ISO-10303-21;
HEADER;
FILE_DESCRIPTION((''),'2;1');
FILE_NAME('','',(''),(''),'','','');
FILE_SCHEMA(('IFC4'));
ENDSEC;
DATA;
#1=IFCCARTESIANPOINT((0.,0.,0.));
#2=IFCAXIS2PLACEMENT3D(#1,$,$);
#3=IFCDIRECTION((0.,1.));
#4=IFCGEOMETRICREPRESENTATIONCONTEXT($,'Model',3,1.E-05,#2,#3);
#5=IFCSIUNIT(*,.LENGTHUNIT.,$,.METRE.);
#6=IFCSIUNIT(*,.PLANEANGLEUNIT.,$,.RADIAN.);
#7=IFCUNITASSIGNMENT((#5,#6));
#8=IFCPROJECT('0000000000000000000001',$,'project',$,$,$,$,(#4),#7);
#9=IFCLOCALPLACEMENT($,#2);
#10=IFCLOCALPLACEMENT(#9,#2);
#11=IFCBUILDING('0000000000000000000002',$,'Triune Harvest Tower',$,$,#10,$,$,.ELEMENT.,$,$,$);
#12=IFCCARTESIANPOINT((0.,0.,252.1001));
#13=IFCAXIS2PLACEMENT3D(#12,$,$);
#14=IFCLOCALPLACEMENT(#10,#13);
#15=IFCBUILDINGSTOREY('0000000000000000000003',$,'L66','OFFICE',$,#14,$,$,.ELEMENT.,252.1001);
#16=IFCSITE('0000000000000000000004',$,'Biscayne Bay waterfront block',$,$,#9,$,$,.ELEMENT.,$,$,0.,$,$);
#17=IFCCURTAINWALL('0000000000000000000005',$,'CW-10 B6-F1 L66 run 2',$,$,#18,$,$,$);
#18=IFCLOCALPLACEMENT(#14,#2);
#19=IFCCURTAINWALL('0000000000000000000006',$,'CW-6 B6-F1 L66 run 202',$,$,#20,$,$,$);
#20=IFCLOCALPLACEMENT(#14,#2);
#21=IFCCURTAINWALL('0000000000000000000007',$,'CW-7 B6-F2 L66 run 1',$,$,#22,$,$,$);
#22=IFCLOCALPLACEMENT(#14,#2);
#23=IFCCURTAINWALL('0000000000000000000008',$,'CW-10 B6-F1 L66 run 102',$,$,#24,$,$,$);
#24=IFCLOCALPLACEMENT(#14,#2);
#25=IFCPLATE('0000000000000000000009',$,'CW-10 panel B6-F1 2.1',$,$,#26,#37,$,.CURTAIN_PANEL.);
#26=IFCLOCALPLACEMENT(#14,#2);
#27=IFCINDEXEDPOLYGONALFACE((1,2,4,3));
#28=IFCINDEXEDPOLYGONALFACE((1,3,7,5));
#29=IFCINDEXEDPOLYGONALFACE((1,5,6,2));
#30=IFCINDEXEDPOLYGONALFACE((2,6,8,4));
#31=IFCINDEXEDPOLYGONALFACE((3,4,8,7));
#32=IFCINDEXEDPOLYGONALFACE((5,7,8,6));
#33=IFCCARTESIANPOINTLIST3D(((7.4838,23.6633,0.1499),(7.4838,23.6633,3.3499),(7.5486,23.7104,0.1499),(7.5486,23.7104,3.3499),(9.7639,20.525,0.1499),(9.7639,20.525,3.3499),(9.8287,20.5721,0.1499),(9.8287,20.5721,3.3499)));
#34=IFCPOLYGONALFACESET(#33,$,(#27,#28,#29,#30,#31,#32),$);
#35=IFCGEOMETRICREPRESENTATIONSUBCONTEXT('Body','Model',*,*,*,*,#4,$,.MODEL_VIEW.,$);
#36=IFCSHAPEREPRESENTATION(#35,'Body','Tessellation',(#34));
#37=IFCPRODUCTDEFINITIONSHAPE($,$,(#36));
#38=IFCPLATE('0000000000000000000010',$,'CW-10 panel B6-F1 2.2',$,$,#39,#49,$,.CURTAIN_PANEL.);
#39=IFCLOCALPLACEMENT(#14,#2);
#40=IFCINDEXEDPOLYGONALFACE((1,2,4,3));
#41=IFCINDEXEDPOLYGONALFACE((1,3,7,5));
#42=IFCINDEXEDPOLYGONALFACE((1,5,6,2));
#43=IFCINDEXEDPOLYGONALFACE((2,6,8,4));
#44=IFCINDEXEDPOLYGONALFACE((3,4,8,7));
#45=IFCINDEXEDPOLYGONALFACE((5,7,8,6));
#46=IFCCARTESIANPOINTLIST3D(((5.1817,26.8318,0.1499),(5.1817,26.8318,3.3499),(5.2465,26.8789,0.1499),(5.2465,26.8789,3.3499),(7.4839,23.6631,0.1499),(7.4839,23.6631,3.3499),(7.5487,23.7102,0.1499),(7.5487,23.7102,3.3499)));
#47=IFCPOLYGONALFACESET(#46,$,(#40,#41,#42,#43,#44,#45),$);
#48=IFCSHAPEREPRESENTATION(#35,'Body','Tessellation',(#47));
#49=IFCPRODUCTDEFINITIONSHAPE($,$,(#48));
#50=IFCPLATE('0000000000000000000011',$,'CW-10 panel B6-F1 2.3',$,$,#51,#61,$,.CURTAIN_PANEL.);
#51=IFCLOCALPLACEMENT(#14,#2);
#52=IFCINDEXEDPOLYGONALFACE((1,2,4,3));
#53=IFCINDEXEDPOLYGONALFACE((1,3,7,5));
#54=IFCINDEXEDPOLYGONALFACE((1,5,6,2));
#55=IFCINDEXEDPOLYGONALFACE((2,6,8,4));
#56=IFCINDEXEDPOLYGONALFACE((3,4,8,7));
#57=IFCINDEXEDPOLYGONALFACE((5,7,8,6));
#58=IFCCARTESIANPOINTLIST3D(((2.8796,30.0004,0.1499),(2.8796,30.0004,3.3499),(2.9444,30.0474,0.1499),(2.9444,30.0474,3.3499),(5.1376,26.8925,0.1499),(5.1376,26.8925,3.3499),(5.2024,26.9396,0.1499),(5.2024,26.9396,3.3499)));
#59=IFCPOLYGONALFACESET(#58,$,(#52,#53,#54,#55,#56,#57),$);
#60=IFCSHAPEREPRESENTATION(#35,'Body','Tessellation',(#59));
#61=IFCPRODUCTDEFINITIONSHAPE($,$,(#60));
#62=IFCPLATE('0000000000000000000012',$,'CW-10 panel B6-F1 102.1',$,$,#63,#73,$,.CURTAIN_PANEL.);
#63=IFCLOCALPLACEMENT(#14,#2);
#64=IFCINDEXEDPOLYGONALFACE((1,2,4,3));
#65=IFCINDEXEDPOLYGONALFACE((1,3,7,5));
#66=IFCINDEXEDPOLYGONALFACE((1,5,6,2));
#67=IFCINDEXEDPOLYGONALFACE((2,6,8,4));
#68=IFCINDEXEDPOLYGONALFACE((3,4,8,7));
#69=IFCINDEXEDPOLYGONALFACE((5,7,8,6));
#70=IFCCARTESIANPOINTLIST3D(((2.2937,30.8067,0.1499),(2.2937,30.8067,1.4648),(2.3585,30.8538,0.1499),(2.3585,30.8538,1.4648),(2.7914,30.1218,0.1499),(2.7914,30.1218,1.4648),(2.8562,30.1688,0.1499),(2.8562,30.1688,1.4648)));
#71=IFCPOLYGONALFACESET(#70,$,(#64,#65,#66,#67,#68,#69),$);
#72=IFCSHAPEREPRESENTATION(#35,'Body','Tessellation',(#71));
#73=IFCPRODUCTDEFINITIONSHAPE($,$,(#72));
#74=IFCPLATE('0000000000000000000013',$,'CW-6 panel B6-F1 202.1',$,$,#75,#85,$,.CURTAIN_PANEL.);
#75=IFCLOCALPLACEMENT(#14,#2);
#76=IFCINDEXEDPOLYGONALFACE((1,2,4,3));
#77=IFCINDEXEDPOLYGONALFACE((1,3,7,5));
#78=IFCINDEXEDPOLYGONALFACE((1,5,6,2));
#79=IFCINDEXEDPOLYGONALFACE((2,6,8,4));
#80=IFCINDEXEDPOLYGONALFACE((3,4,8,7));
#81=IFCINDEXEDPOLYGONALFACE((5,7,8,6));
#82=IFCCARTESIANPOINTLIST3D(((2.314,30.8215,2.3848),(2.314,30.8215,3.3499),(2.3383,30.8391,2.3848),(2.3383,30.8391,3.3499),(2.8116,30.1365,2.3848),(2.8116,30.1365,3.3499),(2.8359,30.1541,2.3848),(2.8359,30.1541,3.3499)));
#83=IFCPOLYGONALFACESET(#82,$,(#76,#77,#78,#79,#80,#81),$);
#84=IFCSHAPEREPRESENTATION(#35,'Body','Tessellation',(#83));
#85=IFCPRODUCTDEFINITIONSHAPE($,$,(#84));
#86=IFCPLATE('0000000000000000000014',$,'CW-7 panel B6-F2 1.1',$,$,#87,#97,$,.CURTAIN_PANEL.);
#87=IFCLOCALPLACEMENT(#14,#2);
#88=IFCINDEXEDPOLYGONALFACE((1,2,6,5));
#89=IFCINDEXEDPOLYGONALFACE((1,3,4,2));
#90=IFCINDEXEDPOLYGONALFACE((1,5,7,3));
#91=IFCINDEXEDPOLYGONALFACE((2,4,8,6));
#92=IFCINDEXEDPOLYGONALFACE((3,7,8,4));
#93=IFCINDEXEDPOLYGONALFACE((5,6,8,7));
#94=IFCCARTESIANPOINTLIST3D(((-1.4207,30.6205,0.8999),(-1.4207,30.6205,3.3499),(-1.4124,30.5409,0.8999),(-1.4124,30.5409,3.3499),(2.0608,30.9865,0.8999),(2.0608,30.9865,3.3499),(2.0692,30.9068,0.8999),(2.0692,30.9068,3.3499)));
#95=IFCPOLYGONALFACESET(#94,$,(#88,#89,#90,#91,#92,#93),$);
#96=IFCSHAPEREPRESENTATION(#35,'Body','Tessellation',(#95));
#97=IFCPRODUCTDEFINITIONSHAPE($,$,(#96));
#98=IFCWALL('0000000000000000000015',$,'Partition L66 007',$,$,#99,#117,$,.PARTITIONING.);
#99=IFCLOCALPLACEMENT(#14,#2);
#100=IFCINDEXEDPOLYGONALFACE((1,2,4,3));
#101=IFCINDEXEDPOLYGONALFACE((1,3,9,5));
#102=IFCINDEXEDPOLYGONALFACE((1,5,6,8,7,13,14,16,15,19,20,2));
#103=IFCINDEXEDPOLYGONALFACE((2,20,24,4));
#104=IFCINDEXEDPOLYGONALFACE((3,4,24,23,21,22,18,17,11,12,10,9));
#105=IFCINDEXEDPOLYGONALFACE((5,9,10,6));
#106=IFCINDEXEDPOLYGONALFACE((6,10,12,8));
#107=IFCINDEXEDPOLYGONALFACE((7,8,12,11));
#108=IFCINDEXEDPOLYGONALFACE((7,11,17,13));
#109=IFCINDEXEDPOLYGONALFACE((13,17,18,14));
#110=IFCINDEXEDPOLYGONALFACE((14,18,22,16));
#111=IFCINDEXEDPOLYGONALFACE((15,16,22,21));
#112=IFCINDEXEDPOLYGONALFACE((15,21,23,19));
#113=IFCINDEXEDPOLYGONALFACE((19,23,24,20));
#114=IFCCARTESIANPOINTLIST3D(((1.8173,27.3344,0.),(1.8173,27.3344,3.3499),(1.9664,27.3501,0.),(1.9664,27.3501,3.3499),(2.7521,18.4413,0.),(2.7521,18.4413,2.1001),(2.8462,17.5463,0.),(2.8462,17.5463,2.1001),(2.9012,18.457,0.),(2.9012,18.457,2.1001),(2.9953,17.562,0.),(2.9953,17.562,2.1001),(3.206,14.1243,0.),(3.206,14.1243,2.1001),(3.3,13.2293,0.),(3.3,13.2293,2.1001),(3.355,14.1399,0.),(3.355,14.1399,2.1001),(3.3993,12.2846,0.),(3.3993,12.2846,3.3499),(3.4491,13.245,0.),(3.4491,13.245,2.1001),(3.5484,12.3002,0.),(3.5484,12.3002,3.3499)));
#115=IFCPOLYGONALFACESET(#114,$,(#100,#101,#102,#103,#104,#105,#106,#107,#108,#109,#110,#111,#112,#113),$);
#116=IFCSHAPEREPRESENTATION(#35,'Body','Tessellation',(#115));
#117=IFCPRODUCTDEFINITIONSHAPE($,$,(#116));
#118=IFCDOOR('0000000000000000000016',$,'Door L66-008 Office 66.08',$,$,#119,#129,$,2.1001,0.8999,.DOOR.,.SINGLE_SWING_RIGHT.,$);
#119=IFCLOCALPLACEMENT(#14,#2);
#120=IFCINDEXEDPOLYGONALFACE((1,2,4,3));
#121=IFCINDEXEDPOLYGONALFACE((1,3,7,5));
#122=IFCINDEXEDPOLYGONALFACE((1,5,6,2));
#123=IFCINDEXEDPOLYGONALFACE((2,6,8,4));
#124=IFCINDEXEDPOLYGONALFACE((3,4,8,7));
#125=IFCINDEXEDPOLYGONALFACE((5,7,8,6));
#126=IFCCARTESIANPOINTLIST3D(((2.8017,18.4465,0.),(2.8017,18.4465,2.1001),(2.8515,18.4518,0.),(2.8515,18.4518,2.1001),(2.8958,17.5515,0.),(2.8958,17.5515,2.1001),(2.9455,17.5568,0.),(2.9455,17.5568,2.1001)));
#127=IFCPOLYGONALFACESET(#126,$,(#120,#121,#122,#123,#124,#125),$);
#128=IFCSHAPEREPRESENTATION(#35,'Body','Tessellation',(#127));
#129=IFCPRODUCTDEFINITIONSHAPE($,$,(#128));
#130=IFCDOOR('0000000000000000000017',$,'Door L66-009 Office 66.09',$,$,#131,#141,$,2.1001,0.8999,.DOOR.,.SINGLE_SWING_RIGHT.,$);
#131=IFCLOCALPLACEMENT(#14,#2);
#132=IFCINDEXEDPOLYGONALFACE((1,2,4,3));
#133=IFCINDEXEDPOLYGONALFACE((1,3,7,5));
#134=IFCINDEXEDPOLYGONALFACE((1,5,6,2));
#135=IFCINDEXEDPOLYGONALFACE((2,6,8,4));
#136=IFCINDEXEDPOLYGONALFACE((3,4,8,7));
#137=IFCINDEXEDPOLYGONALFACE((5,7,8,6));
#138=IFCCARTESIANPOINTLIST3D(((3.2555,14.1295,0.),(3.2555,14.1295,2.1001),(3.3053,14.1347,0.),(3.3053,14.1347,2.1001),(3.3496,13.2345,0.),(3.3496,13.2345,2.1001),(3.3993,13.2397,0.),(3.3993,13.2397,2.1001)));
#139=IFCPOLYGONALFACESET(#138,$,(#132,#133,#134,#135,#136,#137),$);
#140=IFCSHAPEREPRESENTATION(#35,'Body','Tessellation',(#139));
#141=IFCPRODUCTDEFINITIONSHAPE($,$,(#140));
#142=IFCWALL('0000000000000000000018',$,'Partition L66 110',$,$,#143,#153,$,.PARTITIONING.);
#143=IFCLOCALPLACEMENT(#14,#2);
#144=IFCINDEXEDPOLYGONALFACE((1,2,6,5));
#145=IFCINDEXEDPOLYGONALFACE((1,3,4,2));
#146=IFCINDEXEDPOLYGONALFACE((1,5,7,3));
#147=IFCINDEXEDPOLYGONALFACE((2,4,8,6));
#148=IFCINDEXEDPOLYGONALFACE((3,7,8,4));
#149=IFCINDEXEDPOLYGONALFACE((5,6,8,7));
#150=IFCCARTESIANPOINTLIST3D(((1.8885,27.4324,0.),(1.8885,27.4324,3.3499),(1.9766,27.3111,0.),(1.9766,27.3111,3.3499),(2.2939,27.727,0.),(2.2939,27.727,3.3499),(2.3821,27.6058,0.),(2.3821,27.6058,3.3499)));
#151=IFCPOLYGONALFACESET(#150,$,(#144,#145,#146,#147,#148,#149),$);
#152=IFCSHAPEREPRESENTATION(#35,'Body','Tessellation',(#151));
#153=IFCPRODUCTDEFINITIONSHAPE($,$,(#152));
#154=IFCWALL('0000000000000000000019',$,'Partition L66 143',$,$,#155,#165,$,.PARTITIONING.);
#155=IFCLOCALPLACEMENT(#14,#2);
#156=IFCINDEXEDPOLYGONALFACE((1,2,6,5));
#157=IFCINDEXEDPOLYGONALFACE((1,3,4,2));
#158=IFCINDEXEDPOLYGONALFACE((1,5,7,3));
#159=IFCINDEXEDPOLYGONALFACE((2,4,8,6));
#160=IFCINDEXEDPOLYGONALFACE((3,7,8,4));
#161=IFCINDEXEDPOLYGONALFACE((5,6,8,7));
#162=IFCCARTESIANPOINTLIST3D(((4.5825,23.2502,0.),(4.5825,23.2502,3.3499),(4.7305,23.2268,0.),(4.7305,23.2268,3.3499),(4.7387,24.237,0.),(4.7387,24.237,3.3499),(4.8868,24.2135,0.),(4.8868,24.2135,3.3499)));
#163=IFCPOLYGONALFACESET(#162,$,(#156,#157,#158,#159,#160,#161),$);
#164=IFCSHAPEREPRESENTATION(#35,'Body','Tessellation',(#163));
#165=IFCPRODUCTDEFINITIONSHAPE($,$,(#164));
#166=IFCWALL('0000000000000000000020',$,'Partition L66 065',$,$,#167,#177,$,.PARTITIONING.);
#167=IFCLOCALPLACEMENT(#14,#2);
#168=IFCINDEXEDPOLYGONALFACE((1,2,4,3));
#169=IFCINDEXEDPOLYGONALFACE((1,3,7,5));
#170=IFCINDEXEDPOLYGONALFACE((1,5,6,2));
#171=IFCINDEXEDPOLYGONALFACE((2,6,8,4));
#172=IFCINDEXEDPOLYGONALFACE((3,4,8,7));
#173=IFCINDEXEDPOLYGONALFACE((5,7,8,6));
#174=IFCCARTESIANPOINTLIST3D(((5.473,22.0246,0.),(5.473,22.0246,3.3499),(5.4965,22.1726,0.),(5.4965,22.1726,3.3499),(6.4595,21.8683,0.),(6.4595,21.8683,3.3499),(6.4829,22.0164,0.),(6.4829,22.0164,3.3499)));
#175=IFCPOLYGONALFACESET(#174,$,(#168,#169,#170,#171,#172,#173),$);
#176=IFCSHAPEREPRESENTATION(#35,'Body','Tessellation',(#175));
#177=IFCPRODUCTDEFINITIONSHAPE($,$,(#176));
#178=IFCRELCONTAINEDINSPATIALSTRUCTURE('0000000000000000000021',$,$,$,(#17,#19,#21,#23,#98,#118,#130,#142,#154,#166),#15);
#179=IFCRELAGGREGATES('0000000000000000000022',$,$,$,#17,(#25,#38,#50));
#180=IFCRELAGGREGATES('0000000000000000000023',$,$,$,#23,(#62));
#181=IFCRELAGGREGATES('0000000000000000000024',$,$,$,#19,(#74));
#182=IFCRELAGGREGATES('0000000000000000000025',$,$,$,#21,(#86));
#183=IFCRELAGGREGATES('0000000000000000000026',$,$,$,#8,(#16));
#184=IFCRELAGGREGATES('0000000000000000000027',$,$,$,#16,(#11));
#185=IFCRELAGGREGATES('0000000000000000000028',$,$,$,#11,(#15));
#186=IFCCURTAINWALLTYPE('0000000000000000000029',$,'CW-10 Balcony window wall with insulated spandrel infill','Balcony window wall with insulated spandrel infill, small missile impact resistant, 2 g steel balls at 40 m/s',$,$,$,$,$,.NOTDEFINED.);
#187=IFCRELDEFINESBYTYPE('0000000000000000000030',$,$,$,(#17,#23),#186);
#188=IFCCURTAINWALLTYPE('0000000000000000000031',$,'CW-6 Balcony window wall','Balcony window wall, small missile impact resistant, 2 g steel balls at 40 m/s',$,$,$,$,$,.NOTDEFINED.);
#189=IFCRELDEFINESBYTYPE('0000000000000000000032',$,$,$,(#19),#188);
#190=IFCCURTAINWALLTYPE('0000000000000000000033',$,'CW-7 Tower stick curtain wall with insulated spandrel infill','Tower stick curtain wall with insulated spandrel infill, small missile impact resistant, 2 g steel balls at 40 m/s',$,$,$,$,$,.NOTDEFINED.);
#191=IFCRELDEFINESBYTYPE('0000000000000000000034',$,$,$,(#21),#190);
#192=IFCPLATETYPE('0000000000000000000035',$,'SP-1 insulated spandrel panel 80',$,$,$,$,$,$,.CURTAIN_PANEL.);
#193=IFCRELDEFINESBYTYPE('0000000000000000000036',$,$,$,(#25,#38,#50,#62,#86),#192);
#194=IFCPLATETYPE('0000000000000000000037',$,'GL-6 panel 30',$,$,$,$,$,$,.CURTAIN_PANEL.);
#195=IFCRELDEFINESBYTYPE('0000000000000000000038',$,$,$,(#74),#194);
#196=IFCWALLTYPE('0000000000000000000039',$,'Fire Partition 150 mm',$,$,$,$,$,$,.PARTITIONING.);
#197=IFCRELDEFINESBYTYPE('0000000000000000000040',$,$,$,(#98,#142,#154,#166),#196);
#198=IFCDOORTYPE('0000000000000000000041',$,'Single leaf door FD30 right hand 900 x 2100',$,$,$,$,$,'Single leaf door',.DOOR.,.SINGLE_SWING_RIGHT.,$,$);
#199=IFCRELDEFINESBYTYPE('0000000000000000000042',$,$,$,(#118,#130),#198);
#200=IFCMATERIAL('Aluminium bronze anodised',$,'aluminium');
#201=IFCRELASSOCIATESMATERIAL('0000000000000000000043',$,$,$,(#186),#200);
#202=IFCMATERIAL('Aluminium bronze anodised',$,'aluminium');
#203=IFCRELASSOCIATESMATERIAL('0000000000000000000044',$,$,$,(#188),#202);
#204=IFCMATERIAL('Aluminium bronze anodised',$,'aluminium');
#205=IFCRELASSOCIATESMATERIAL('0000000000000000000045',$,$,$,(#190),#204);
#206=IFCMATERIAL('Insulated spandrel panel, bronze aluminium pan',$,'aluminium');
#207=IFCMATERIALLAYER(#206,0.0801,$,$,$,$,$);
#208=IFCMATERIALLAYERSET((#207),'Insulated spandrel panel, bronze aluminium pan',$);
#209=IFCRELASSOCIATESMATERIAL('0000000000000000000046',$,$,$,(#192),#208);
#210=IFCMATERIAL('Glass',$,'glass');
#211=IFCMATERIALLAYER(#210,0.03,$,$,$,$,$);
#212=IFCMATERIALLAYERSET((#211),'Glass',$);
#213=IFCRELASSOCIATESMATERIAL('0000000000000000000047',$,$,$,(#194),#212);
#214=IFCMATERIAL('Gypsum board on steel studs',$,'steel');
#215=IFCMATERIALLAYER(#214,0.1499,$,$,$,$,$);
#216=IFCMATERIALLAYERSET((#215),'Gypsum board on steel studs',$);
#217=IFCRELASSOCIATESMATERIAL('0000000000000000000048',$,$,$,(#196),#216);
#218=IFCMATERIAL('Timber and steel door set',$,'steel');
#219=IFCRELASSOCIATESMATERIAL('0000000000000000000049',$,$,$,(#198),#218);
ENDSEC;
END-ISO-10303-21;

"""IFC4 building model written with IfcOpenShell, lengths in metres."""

from ifc_helpers import new_model, si_unit, direction, frame, frame_2d, origin, origin_2d, place, context, subcontext, project, spatial, rectangle, extrude, source, transform, mapped, material, layer, layer_set, type_object, element, fill, aggregate, save


model = new_model("IFC4")

# Units and contexts
model_context = context("Model", 3, precision=1e-05, world=origin(), true_north=direction((0.0, 1.0)))
body_context = subcontext(model_context, "Body", "Model", "MODEL_VIEW")
ifc_project = project(units=[si_unit("LENGTHUNIT", "METRE"), si_unit("PLANEANGLEUNIT", "RADIAN")], contexts=[model_context])

# Site, building, storey
site_placement = place(None, origin())
site = spatial("IfcSite", under=ifc_project, at=site_placement, Name="Biscayne Bay waterfront block", CompositionType="ELEMENT", RefElevation=0.0)
building_placement = place(site_placement, origin())
building = spatial("IfcBuilding", under=site, at=building_placement, Name="Triune Harvest Tower", CompositionType="ELEMENT")
storey_placement = place(building_placement, frame((0.0, 0.0, 252.1001)))
storey = spatial("IfcBuildingStorey", under=building, at=storey_placement, Name="L66", Description="OFFICE", CompositionType="ELEMENT", Elevation=252.1001)

# Curtain wall
ifc_material_1 = material(Name="Aluminium bronze anodised", Category="aluminium")
curtain_wall_type_1 = type_object("IfcCurtainWallType", Name="CW-10 Balcony window wall with insulated spandrel infill", Description="Balcony window wall with insulated spandrel infill, small missile impact resistant, 2 g steel balls at 40 m/s", PredefinedType="NOTDEFINED", material=ifc_material_1)
curtain_wall_1_placement = place(storey_placement, origin())
curtain_wall_1 = element("IfcCurtainWall", 1, at=curtain_wall_1_placement, inside=storey, type_object=curtain_wall_type_1, Name="CW-10 B6-F1 L66 run 2")

# Curtain wall
ifc_material_2 = material(Name="Aluminium bronze anodised", Category="aluminium")
curtain_wall_type_2 = type_object("IfcCurtainWallType", Name="CW-6 Balcony window wall", Description="Balcony window wall, small missile impact resistant, 2 g steel balls at 40 m/s", PredefinedType="NOTDEFINED", material=ifc_material_2)
curtain_wall_2_placement = place(storey_placement, origin())
curtain_wall_2 = element("IfcCurtainWall", 2, at=curtain_wall_2_placement, inside=storey, type_object=curtain_wall_type_2, Name="CW-6 B6-F1 L66 run 202")

# Curtain wall
ifc_material_3 = material(Name="Aluminium bronze anodised", Category="aluminium")
curtain_wall_type_3 = type_object("IfcCurtainWallType", Name="CW-7 Tower stick curtain wall with insulated spandrel infill", Description="Tower stick curtain wall with insulated spandrel infill, small missile impact resistant, 2 g steel balls at 40 m/s", PredefinedType="NOTDEFINED", material=ifc_material_3)
curtain_wall_3_placement = place(storey_placement, origin())
curtain_wall_3 = element("IfcCurtainWall", 3, at=curtain_wall_3_placement, inside=storey, type_object=curtain_wall_type_3, Name="CW-7 B6-F2 L66 run 1")

# Curtain wall
curtain_wall_4_placement = place(storey_placement, origin())
curtain_wall_4 = element("IfcCurtainWall", 4, at=curtain_wall_4_placement, inside=storey, type_object=curtain_wall_type_1, Name="CW-10 B6-F1 L66 run 102")

# Plates
ifc_material_4 = material(Name="Insulated spandrel panel, bronze aluminium pan", Category="aluminium")
ifc_layer_1 = layer(ifc_material_4, 0.0801)
ifc_layer_set_1 = layer_set([ifc_layer_1], Name="Insulated spandrel panel, bronze aluminium pan")
plate_type_1 = type_object("IfcPlateType", Name="SP-1 insulated spandrel panel 80", PredefinedType="CURTAIN_PANEL", material=ifc_layer_set_1)
plate_1_placement = place(storey_placement, frame((8.6562, 22.1177, 0.1499), z_axis=(0.0, 0.0, 1.0), x_axis=(-0.587782, 0.809019, 0.0)))
plate_1 = element("IfcPlate", 5, at=plate_1_placement, type_object=plate_type_1, Name="CW-10 panel B6-F1 2.1", PredefinedType="CURTAIN_PANEL", context=body_context, shape_type="SweptSolid", body=[
    extrude(rectangle(XDim=3.8792, YDim=0.0801, at=origin_2d()), origin(), (0.0, 0.0, 1.0), 3.2),
])
plate_2_placement = place(storey_placement, frame((6.3652, 25.271, 0.1499), z_axis=(0.0, 0.0, 1.0), x_axis=(-0.587782, 0.809019, 0.0)))
plate_2 = element("IfcPlate", 6, at=plate_2_placement, type_object=plate_type_1, Name="CW-10 panel B6-F1 2.2", PredefinedType="CURTAIN_PANEL", context=body_context, shape_type="SweptSolid", body=[
    extrude(rectangle(XDim=3.9167, YDim=0.0801, at=origin_2d()), origin(), (0.0, 0.0, 1.0), 3.2),
])
plate_3_placement = place(storey_placement, frame((4.041, 28.47, 0.1499), z_axis=(0.0, 0.0, 1.0), x_axis=(-0.587782, 0.809019, 0.0)))
plate_3 = element("IfcPlate", 7, at=plate_3_placement, type_object=plate_type_1, Name="CW-10 panel B6-F1 2.3", PredefinedType="CURTAIN_PANEL", context=body_context, shape_type="SweptSolid", body=[
    extrude(rectangle(XDim=3.8416, YDim=0.0801, at=origin_2d()), origin(), (0.0, 0.0, 1.0), 3.2),
])
aggregate(curtain_wall_1, [plate_1, plate_2, plate_3])
shared_shape_1 = source(origin(), body_context, "Body", "SweptSolid", [
    extrude(rectangle(XDim=0.8467, YDim=0.0801, at=origin_2d()), origin(), (0.0, 0.0, 1.0), 1.3149),
])
plate_4_placement = place(storey_placement, frame((2.575, 30.4878, 0.1499), z_axis=(0.0, 0.0, 1.0), x_axis=(-0.587796, 0.809009, 0.0)))
plate_4 = element("IfcPlate", 8, at=plate_4_placement, type_object=plate_type_1, Name="CW-10 panel B6-F1 102.1", PredefinedType="CURTAIN_PANEL", context=body_context, shape_type="MappedRepresentation", body=[
    mapped(shared_shape_1, transform((0.0, 0.0, 0.0), scale=1.0)),
])
aggregate(curtain_wall_4, [plate_4])
ifc_material_5 = material(Name="Glass", Category="glass")
ifc_layer_2 = layer(ifc_material_5, 0.03)
ifc_layer_set_2 = layer_set([ifc_layer_2], Name="Glass")
plate_type_2 = type_object("IfcPlateType", Name="GL-6 panel 30", PredefinedType="CURTAIN_PANEL", material=ifc_layer_set_2)
shared_shape_2 = source(origin(), body_context, "Body", "SweptSolid", [
    extrude(rectangle(XDim=0.8467, YDim=0.03, at=origin_2d()), origin(), (0.0, 0.0, 1.0), 0.9651),
])
plate_5_placement = place(storey_placement, frame((2.575, 30.4878, 2.3848), z_axis=(0.0, 0.0, 1.0), x_axis=(-0.587796, 0.809009, 0.0)))
plate_5 = element("IfcPlate", 9, at=plate_5_placement, type_object=plate_type_2, Name="CW-6 panel B6-F1 202.1", PredefinedType="CURTAIN_PANEL", context=body_context, shape_type="MappedRepresentation", body=[
    mapped(shared_shape_2, transform((0.0, 0.0, 0.0), scale=1.0)),
])
aggregate(curtain_wall_2, [plate_5])
shared_shape_3 = source(origin(), body_context, "Body", "SweptSolid", [
    extrude(rectangle(XDim=3.5007, YDim=0.0801, at=origin_2d()), origin(), (0.0, 0.0, 1.0), 2.45),
])
plate_6_placement = place(storey_placement, frame((0.3242, 30.7637, 0.8999), z_axis=(0.0, 0.0, 1.0), x_axis=(-0.994522, -0.104526, 0.0)))
plate_6 = element("IfcPlate", 10, at=plate_6_placement, type_object=plate_type_1, Name="CW-7 panel B6-F2 1.1", PredefinedType="CURTAIN_PANEL", context=body_context, shape_type="MappedRepresentation", body=[
    mapped(shared_shape_3, transform((0.0, 0.0, 0.0), scale=1.0)),
])
aggregate(curtain_wall_3, [plate_6])

# Wall, openings, doors
ifc_material_6 = material(Name="Gypsum board on steel studs", Category="steel")
ifc_layer_3 = layer(ifc_material_6, 0.1499)
ifc_layer_set_3 = layer_set([ifc_layer_3], Name="Gypsum board on steel studs")
wall_type = type_object("IfcWallType", Name="Fire Partition 150 mm", PredefinedType="PARTITIONING", material=ifc_layer_set_3)
wall_1_placement = place(storey_placement, frame((1.8918, 27.3423, 0.0), z_axis=(0.0, 0.0, 1.0), x_axis=(0.104544, -0.99452, 0.0)))
wall_1 = element("IfcWall", 11, at=wall_1_placement, inside=storey, type_object=wall_type, Name="Partition L66 007", PredefinedType="PARTITIONING", context=body_context, shape_type="SweptSolid", body=[
    extrude(rectangle(XDim=15.1328, YDim=0.1499, at=frame_2d((7.5664, 0.0))), origin(), (0.0, 0.0, 1.0), 3.3499),
])
opening_1_placement = place(wall_1_placement, frame((8.9421, 0.0, 0.0)))
opening_1 = element("IfcOpeningElement", 12, at=opening_1_placement, cuts=wall_1, PredefinedType="OPENING", context=body_context, shape_type="SweptSolid", body=[
    extrude(rectangle(XDim=0.8999, YDim=2.1001, at=frame_2d((0.45, 1.05))), frame((0.0, 0.085, 0.0), z_axis=(0.0, -1.0, 0.0), x_axis=(1.0, 0.0, 0.0)), (0.0, 0.0, 1.0), 0.1699),
])
opening_2_placement = place(wall_1_placement, frame((13.283, 0.0, 0.0)))
opening_2 = element("IfcOpeningElement", 13, at=opening_2_placement, cuts=wall_1, PredefinedType="OPENING", context=body_context, shape_type="SweptSolid", body=[
    extrude(rectangle(XDim=0.8999, YDim=2.1001, at=frame_2d((0.45, 1.05))), frame((0.0, 0.085, 0.0), z_axis=(0.0, -1.0, 0.0), x_axis=(1.0, 0.0, 0.0)), (0.0, 0.0, 1.0), 0.1699),
])
ifc_material_7 = material(Name="Timber and steel door set", Category="steel")
door_type = type_object("IfcDoorType", Name="Single leaf door FD30 right hand 900 x 2100", ElementType="Single leaf door", OperationType="SINGLE_SWING_RIGHT", PredefinedType="DOOR", material=ifc_material_7)
door_1_placement = place(opening_1_placement, origin())
door_1 = element("IfcDoor", 14, at=door_1_placement, inside=storey, type_object=door_type, Name="Door L66-008 Office 66.08", OperationType="SINGLE_SWING_RIGHT", OverallHeight=2.1001, OverallWidth=0.8999, PredefinedType="DOOR", context=body_context, shape_type="SweptSolid", body=[
    extrude(rectangle(XDim=0.8999, YDim=2.1001, at=frame_2d((0.45, 1.05))), frame((0.0, 0.0249, 0.0), z_axis=(0.0, -1.0, 0.0), x_axis=(1.0, 0.0, 0.0)), (0.0, 0.0, 1.0), 0.05),
])
fill(opening_1, door_1)
door_2_placement = place(opening_2_placement, origin())
door_2 = element("IfcDoor", 15, at=door_2_placement, inside=storey, type_object=door_type, Name="Door L66-009 Office 66.09", OperationType="SINGLE_SWING_RIGHT", OverallHeight=2.1001, OverallWidth=0.8999, PredefinedType="DOOR", context=body_context, shape_type="SweptSolid", body=[
    extrude(rectangle(XDim=0.8999, YDim=2.1001, at=frame_2d((0.45, 1.05))), frame((0.0, 0.0249, 0.0), z_axis=(0.0, -1.0, 0.0), x_axis=(1.0, 0.0, 0.0)), (0.0, 0.0, 1.0), 0.05),
])
fill(opening_2, door_2)

# Walls
wall_2_placement = place(storey_placement, frame((1.9326, 27.3718, 0.0), z_axis=(0.0, 0.0, 1.0), x_axis=(0.808968, 0.587853, 0.0)))
element("IfcWall", 16, at=wall_2_placement, inside=storey, type_object=wall_type, Name="Partition L66 110", PredefinedType="PARTITIONING", context=body_context, shape_type="SweptSolid", body=[
    extrude(rectangle(XDim=0.5012, YDim=0.1499, at=frame_2d((0.2505, 0.0))), origin(), (0.0, 0.0, 1.0), 3.3499),
])
shared_shape_4 = source(origin(), body_context, "Body", "SweptSolid", [
    extrude(rectangle(XDim=0.999, YDim=0.1499, at=frame_2d((0.4995, 0.0))), origin(), (0.0, 0.0, 1.0), 3.3499),
])
wall_3_placement = place(storey_placement, frame((4.6565, 23.2385, 0.0), z_axis=(0.0, 0.0, 1.0), x_axis=(0.156389, 0.987696, 0.0)))
element("IfcWall", 17, at=wall_3_placement, inside=storey, type_object=wall_type, Name="Partition L66 143", PredefinedType="PARTITIONING", context=body_context, shape_type="MappedRepresentation", body=[
    mapped(shared_shape_4, transform((0.0, 0.0, 0.0), scale=1.0)),
])
shared_shape_5 = source(origin(), body_context, "Body", "SweptSolid", [
    extrude(rectangle(XDim=0.9988, YDim=0.1499, at=frame_2d((0.4995, 0.0))), origin(), (0.0, 0.0, 1.0), 3.3499),
])
wall_4_placement = place(storey_placement, frame((5.4846, 22.0986, 0.0), z_axis=(0.0, 0.0, 1.0), x_axis=(0.98769, -0.156427, 0.0)))
element("IfcWall", 18, at=wall_4_placement, inside=storey, type_object=wall_type, Name="Partition L66 065", PredefinedType="PARTITIONING", context=body_context, shape_type="MappedRepresentation", body=[
    mapped(shared_shape_5, transform((0.0, 0.0, 0.0), scale=1.0)),
])

save(model, "model.ifc")
